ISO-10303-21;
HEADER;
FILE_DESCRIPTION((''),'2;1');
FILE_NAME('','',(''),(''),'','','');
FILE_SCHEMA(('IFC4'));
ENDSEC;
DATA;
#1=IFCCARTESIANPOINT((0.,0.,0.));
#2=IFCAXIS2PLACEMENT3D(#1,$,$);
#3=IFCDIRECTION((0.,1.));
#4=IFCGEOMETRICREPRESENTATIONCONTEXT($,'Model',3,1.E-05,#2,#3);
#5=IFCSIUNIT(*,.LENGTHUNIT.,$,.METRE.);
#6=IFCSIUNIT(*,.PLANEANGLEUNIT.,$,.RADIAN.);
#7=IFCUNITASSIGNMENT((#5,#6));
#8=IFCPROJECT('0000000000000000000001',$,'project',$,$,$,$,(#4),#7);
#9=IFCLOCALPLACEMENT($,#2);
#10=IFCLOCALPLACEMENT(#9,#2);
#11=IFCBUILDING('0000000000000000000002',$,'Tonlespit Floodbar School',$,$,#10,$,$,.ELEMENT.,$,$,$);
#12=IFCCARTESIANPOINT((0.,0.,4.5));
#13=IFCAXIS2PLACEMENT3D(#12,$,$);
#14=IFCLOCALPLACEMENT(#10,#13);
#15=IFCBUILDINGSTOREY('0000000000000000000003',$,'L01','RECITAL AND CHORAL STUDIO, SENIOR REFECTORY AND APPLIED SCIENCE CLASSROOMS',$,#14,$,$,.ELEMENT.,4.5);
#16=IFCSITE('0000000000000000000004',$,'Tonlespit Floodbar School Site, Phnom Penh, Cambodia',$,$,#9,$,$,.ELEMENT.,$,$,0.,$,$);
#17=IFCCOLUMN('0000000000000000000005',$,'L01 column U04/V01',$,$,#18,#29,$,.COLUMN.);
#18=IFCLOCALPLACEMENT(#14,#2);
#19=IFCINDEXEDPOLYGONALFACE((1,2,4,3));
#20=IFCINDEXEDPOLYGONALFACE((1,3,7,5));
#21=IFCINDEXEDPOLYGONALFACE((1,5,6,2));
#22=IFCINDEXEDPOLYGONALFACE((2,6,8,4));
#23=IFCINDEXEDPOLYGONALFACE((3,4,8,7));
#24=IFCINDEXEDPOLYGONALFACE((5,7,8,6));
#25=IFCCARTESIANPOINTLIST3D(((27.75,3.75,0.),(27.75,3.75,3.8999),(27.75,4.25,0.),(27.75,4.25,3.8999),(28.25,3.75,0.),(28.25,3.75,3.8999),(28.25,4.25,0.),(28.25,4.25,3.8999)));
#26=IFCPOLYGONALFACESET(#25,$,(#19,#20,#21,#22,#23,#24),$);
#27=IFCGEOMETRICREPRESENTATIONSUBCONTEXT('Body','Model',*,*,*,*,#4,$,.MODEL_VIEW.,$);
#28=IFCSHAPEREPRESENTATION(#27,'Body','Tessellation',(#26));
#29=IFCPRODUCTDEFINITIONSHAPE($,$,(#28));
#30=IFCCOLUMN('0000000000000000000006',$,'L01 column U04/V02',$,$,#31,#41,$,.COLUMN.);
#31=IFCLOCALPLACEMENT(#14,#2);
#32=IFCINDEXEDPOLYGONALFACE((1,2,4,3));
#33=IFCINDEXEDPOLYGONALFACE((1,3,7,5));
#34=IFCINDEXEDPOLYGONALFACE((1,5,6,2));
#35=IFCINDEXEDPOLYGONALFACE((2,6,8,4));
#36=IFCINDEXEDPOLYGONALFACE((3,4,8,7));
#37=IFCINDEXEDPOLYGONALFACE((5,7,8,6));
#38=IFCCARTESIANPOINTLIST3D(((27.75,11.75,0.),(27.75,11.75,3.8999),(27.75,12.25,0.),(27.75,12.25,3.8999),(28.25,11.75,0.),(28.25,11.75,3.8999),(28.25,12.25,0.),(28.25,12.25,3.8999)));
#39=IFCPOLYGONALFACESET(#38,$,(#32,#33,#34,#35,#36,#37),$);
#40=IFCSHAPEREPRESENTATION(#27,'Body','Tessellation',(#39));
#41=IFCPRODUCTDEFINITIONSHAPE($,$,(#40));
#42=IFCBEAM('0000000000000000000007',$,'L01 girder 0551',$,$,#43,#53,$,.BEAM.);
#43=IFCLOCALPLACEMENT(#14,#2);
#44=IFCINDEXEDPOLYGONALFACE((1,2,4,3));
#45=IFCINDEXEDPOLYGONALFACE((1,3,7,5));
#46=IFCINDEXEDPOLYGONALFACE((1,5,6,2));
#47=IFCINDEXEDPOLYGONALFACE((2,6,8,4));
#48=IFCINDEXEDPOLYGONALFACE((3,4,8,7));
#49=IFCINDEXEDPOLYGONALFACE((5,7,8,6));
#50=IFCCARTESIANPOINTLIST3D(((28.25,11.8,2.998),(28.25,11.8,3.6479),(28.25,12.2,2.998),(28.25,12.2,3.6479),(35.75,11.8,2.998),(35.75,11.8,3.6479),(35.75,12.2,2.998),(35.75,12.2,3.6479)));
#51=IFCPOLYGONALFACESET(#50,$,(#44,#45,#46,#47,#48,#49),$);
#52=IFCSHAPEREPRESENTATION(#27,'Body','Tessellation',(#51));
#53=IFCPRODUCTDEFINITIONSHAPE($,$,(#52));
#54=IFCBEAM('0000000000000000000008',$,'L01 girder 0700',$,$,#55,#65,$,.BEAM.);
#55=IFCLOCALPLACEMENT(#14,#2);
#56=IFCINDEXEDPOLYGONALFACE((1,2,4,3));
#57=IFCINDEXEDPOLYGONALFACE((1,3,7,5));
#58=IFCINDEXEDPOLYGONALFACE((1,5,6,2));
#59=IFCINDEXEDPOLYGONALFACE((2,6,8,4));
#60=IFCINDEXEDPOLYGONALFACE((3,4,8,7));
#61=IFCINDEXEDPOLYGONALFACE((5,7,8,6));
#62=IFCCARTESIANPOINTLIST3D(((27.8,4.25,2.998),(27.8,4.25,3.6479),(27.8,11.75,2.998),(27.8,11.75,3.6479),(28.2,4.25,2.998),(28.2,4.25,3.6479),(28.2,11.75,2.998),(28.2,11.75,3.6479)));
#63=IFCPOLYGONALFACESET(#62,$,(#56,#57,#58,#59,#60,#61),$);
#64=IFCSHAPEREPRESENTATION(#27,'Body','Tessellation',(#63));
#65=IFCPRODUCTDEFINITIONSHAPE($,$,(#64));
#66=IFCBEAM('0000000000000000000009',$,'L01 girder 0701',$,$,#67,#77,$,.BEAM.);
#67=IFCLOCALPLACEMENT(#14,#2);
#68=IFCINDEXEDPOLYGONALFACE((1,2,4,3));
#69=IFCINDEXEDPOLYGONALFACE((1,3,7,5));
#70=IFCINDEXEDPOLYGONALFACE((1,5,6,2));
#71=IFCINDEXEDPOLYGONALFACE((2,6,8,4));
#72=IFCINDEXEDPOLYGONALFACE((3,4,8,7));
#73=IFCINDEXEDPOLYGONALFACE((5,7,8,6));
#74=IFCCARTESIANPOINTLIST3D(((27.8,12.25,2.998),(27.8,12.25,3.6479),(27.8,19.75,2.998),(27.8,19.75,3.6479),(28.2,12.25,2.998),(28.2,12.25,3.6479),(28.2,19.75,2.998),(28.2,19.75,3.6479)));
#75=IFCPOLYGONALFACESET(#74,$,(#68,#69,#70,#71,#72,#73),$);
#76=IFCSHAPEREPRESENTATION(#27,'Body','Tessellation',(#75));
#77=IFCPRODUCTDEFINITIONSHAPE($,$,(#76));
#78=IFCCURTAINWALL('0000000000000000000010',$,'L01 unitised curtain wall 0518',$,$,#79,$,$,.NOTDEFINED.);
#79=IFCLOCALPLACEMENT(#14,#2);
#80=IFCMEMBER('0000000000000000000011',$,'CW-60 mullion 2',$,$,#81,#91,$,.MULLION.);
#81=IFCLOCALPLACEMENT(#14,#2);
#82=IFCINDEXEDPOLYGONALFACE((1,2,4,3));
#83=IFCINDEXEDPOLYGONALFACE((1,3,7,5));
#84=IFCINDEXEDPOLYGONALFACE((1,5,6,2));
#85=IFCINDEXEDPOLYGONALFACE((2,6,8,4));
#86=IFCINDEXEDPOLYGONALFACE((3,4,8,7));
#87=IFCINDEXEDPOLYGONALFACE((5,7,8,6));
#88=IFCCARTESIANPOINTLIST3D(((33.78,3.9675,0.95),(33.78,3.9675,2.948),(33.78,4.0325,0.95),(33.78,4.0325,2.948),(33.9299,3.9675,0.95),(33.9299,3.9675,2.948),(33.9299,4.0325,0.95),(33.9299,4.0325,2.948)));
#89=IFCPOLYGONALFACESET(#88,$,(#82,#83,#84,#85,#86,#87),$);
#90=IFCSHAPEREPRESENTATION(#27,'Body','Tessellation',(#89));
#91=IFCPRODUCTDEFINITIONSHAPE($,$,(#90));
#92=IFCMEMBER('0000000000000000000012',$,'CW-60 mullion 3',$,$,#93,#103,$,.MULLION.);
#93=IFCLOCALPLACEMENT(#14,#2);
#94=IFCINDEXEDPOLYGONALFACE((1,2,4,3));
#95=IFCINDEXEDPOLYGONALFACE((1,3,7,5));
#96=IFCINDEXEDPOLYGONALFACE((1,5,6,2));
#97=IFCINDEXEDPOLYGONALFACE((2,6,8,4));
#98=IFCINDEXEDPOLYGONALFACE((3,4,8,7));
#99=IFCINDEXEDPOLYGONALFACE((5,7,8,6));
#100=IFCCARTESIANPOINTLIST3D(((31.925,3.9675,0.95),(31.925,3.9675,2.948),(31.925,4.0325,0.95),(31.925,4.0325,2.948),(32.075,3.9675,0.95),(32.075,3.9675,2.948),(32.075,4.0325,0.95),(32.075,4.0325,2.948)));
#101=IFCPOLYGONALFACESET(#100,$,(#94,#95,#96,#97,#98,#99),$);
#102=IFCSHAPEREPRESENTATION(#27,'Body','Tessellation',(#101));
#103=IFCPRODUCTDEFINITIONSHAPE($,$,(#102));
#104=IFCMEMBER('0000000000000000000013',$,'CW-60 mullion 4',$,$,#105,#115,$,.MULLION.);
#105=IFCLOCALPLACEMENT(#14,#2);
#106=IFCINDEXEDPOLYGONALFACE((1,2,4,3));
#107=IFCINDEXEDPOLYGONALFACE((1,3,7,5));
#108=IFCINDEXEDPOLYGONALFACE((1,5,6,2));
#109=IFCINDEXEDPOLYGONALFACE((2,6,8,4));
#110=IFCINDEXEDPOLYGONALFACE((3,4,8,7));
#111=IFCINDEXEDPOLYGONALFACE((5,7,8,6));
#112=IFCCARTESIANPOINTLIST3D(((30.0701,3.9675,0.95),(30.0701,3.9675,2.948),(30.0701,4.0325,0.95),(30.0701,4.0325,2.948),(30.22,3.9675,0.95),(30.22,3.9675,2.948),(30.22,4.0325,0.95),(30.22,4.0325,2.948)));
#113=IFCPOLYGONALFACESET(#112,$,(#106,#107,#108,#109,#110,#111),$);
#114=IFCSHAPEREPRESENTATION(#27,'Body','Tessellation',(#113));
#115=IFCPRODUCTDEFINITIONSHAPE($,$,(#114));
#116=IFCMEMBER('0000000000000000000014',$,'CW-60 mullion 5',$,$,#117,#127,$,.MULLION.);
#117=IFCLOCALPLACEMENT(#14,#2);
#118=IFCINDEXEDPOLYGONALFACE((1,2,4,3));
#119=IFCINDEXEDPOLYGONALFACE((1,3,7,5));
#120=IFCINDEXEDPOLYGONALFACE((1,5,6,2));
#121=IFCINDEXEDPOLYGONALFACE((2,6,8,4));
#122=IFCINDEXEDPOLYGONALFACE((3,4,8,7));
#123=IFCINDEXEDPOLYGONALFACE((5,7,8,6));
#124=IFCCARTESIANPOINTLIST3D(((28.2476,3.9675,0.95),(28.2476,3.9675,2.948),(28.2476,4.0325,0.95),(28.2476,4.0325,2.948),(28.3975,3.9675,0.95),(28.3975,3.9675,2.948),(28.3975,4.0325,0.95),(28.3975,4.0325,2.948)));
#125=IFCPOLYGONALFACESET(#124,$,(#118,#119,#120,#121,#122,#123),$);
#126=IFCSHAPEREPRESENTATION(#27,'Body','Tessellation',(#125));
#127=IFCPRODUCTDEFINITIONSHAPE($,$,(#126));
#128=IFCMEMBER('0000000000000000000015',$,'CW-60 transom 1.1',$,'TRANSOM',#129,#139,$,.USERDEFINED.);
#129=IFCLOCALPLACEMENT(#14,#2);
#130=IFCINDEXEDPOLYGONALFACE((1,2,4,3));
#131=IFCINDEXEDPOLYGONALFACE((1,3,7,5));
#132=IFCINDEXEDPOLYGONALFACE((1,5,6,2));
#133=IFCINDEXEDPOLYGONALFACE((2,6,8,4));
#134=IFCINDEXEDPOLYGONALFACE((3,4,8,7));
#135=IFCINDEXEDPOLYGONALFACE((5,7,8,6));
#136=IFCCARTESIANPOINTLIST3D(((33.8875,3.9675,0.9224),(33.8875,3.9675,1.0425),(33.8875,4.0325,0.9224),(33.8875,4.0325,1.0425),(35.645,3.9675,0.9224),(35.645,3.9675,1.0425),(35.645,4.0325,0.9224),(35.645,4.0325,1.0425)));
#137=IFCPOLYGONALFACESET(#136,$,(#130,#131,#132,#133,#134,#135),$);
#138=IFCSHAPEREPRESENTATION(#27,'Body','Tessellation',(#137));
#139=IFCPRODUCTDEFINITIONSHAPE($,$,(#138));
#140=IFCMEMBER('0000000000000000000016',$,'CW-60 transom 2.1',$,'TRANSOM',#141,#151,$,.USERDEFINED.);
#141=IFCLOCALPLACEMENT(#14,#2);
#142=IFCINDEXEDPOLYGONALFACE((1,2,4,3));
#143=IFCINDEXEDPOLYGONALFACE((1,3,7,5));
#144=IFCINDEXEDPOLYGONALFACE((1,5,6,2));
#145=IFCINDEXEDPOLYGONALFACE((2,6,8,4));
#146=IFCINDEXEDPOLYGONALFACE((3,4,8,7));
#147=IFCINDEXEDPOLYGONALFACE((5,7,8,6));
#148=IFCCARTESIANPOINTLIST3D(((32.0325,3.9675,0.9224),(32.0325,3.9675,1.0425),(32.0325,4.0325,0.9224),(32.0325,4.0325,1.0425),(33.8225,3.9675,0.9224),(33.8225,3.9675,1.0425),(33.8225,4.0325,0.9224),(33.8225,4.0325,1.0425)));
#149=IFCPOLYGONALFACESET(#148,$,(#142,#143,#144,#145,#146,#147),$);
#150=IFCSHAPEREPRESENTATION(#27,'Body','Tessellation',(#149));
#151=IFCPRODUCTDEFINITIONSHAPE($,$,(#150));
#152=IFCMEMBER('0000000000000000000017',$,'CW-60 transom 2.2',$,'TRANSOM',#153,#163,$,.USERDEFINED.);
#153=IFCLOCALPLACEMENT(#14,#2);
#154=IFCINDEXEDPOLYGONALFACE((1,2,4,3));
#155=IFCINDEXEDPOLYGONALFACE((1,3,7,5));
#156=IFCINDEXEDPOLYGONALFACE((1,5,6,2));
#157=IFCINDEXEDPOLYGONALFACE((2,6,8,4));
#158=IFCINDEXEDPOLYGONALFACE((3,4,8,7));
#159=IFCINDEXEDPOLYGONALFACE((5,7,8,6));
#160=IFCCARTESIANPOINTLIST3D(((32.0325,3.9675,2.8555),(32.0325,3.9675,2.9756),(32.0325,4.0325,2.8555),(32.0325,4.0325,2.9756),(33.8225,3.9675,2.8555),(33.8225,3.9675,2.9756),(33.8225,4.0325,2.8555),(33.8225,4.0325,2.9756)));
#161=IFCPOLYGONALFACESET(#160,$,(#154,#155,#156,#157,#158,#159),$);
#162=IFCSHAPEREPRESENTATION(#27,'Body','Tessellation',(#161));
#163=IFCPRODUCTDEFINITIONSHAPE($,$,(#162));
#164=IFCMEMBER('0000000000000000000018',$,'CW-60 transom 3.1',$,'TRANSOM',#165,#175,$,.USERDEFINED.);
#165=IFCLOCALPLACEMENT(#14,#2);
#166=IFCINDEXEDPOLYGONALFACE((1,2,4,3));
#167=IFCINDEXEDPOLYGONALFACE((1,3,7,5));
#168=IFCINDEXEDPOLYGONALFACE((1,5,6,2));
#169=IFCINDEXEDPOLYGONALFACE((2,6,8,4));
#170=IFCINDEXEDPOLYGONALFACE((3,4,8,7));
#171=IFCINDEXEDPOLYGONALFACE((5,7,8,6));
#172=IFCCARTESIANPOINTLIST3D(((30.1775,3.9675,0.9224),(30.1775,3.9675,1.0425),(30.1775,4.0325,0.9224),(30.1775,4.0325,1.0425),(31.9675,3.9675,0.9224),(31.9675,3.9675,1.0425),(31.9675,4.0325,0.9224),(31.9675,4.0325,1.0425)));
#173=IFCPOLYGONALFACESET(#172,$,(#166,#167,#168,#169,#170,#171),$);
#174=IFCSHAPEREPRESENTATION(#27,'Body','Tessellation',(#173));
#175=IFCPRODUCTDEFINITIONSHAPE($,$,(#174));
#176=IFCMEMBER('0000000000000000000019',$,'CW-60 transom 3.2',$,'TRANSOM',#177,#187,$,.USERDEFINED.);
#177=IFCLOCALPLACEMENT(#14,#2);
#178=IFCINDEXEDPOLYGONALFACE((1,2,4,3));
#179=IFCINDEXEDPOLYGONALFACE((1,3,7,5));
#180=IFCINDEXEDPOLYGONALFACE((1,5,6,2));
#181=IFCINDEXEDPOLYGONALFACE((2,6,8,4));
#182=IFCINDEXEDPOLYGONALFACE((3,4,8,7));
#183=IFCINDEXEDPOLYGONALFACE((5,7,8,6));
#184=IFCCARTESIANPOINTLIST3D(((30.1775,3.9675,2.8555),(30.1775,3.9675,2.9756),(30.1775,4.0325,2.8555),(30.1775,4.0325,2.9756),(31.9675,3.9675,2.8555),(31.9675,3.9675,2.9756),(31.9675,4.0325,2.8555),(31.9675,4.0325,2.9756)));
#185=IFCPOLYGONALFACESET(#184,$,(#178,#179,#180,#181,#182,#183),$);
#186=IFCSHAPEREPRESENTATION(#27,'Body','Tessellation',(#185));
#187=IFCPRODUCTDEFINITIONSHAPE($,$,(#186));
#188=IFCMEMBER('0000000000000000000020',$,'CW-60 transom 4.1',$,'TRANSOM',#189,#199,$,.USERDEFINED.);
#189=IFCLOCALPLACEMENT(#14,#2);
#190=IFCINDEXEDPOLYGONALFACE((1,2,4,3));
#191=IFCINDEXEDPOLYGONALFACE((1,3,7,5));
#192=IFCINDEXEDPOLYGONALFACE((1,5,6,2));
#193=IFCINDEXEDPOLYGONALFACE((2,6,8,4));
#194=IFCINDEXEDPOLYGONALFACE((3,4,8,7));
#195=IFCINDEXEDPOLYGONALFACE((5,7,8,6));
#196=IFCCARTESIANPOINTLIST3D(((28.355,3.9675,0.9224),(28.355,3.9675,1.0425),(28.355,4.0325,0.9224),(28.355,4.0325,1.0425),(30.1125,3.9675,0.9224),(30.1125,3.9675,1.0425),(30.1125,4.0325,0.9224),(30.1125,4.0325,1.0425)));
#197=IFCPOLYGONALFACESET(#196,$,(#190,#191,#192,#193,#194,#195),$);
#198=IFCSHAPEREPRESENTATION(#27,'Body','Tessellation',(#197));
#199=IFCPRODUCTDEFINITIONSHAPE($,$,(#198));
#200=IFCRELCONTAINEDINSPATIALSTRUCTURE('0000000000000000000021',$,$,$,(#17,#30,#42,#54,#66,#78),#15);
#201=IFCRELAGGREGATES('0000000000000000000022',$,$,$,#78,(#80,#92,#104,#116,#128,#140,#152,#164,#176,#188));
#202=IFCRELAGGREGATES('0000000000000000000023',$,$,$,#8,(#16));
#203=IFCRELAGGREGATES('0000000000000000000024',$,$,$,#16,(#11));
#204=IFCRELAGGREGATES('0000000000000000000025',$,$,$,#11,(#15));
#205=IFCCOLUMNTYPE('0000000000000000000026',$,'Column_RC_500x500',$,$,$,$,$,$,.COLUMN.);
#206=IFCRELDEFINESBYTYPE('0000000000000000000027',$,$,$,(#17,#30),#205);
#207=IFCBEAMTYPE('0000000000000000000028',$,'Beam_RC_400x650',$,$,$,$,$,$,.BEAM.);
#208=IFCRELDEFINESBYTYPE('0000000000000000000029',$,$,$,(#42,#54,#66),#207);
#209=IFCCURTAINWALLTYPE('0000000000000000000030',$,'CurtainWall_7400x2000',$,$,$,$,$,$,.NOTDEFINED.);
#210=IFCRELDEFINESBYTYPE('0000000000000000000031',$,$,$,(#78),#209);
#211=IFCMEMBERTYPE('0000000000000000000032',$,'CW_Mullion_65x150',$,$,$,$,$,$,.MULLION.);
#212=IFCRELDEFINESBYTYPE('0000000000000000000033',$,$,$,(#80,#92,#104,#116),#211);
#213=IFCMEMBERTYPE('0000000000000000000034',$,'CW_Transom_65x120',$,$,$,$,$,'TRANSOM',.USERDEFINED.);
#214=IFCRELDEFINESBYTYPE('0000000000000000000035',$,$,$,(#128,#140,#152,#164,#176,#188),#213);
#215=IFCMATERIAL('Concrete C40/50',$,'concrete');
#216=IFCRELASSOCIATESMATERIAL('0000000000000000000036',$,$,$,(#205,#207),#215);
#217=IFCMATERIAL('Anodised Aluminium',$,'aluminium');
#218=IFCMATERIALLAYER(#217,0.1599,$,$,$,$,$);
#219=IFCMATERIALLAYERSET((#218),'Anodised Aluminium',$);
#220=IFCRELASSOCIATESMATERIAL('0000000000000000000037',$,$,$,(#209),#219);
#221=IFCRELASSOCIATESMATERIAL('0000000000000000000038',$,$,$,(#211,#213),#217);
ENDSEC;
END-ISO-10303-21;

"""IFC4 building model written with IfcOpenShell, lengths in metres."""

from ifc_helpers import new_model, si_unit, direction, frame, origin, origin_2d, place, context, subcontext, project, spatial, rectangle, extrude, material, layer, layer_set, material_profile, profile_set, type_object, element, aggregate, save


model = new_model("IFC4")

# Units and contexts
model_context = context("Model", 3, precision=1e-05, world=origin(), true_north=direction((0.0, 1.0)))
body_context = subcontext(model_context, "Body", "Model", "MODEL_VIEW")
ifc_project = project(units=[si_unit("LENGTHUNIT", "METRE"), si_unit("PLANEANGLEUNIT", "RADIAN")], contexts=[model_context])

# Site, building, storey
site_placement = place(None, origin())
site = spatial("IfcSite", under=ifc_project, at=site_placement, Name="Tonlespit Floodbar School Site, Phnom Penh, Cambodia", CompositionType="ELEMENT", RefElevation=0.0)
building_placement = place(site_placement, origin())
building = spatial("IfcBuilding", under=site, at=building_placement, Name="Tonlespit Floodbar School", CompositionType="ELEMENT")
storey_placement = place(building_placement, frame((0.0, 0.0, 4.5)))
storey = spatial("IfcBuildingStorey", under=building, at=storey_placement, Name="L01", Description="RECITAL AND CHORAL STUDIO, SENIOR REFECTORY AND APPLIED SCIENCE CLASSROOMS", CompositionType="ELEMENT", Elevation=4.5)

# Columns
ifc_material_1 = material(Name="Concrete C40/50", Category="concrete")
ifc_material_profile_1 = material_profile(ifc_material_1, rectangle(XDim=0.5, YDim=0.5, at=origin_2d()), Name="RC 500x500")
ifc_profile_set_1 = profile_set([ifc_material_profile_1], Name="Concrete C40/50")
column_type = type_object("IfcColumnType", Name="Column_RC_500x500", PredefinedType="COLUMN", material=ifc_profile_set_1)
for number, where, z_axis, x_axis, name in (
    (1, (28.0, 4.0, 0.0), (0.0, 0.0, 1.0), (1.0, 0.0, 0.0), "L01 column U04/V01"),
    (2, (28.0, 12.0, 0.0), (0.0, 0.0, 1.0), (1.0, 0.0, 0.0), "L01 column U04/V02"),
):
    element("IfcColumn", number, at=place(storey_placement, frame(where, z_axis=z_axis, x_axis=x_axis)), inside=storey, type_object=column_type, Name=name, PredefinedType="COLUMN", context=body_context, shape_type="SweptSolid", body=[
        extrude(rectangle(XDim=0.5, YDim=0.5, at=origin_2d()), origin(), (0.0, 0.0, 1.0), 3.8999),
    ])

# Beams
ifc_material_profile_2 = material_profile(ifc_material_1, rectangle(XDim=0.3999, YDim=0.6499, at=origin_2d()), Name="RC 400x650")
ifc_profile_set_2 = profile_set([ifc_material_profile_2], Name="Concrete C40/50")
beam_type_1 = type_object("IfcBeamType", Name="Beam_RC_400x650", PredefinedType="BEAM", material=ifc_profile_set_2)
for number, where, z_axis, x_axis, name in (
    (3, (28.25, 12.0, 3.323), (1.0, 0.0, 0.0), (0.0, 1.0, 0.0), "L01 girder 0551"),
    (4, (28.0, 4.25, 3.323), (0.0, 1.0, 0.0), (-1.0, 0.0, 0.0), "L01 girder 0700"),
    (5, (28.0, 12.25, 3.323), (0.0, 1.0, 0.0), (-1.0, 0.0, 0.0), "L01 girder 0701"),
):
    element("IfcBeam", number, at=place(storey_placement, frame(where, z_axis=z_axis, x_axis=x_axis)), inside=storey, type_object=beam_type_1, Name=name, PredefinedType="BEAM", context=body_context, shape_type="SweptSolid", body=[
        extrude(rectangle(XDim=0.3999, YDim=0.6499, at=origin_2d()), origin(), (0.0, 0.0, 1.0), 7.5),
    ])

# Curtain wall, members
ifc_material_2 = material(Name="Anodised Aluminium", Category="aluminium")
ifc_layer_1 = layer(ifc_material_2, 0.1599)
ifc_layer_set_1 = layer_set([ifc_layer_1], Name="Anodised Aluminium")
curtain_wall_type = type_object("IfcCurtainWallType", Name="CurtainWall_7400x2000", PredefinedType="NOTDEFINED", material=ifc_layer_set_1)
curtain_wall_placement = place(storey_placement, origin())
curtain_wall = element("IfcCurtainWall", 6, at=curtain_wall_placement, inside=storey, type_object=curtain_wall_type, Name="L01 unitised curtain wall 0518", PredefinedType="NOTDEFINED")
ifc_material_profile_3 = material_profile(ifc_material_2, rectangle(XDim=0.0649, YDim=0.1499, at=origin_2d()), Name="ALU M65x150")
ifc_profile_set_3 = profile_set([ifc_material_profile_3], Name="Anodised Aluminium")
member_type_1 = type_object("IfcMemberType", Name="CW_Mullion_65x150", PredefinedType="MULLION", material=ifc_profile_set_3)
member_1_placement = place(storey_placement, frame((33.855, 4.0, 0.95), z_axis=(0.0, 0.0, 1.0), x_axis=(0.0, -1.0, 0.0)))
member_1 = element("IfcMember", 7, at=member_1_placement, type_object=member_type_1, Name="CW-60 mullion 2", PredefinedType="MULLION", context=body_context, shape_type="SweptSolid", body=[
    extrude(rectangle(XDim=0.0649, YDim=0.1499, at=origin_2d()), origin(), (0.0, 0.0, 1.0), 1.998),
])
member_2_placement = place(storey_placement, frame((32.0, 4.0, 0.95), z_axis=(0.0, 0.0, 1.0), x_axis=(0.0, -1.0, 0.0)))
member_2 = element("IfcMember", 8, at=member_2_placement, type_object=member_type_1, Name="CW-60 mullion 3", PredefinedType="MULLION", context=body_context, shape_type="SweptSolid", body=[
    extrude(rectangle(XDim=0.0649, YDim=0.1499, at=origin_2d()), origin(), (0.0, 0.0, 1.0), 1.998),
])
member_3_placement = place(storey_placement, frame((30.145, 4.0, 0.95), z_axis=(0.0, 0.0, 1.0), x_axis=(0.0, -1.0, 0.0)))
member_3 = element("IfcMember", 9, at=member_3_placement, type_object=member_type_1, Name="CW-60 mullion 4", PredefinedType="MULLION", context=body_context, shape_type="SweptSolid", body=[
    extrude(rectangle(XDim=0.0649, YDim=0.1499, at=origin_2d()), origin(), (0.0, 0.0, 1.0), 1.998),
])
member_4_placement = place(storey_placement, frame((28.3225, 4.0, 0.95), z_axis=(0.0, 0.0, 1.0), x_axis=(0.0, -1.0, 0.0)))
member_4 = element("IfcMember", 10, at=member_4_placement, type_object=member_type_1, Name="CW-60 mullion 5", PredefinedType="MULLION", context=body_context, shape_type="SweptSolid", body=[
    extrude(rectangle(XDim=0.0649, YDim=0.1499, at=origin_2d()), origin(), (0.0, 0.0, 1.0), 1.998),
])
ifc_material_profile_4 = material_profile(ifc_material_2, rectangle(XDim=0.0649, YDim=0.1201, at=origin_2d()), Name="ALU T65x120")
ifc_profile_set_4 = profile_set([ifc_material_profile_4], Name="Anodised Aluminium")
member_type_2 = type_object("IfcMemberType", Name="CW_Transom_65x120", ElementType="TRANSOM", PredefinedType="USERDEFINED", material=ifc_profile_set_4)
member_5_placement = place(storey_placement, frame((35.645, 4.0, 0.9824), z_axis=(-1.0, 0.0, 0.0), x_axis=(0.0, -1.0, 0.0)))
member_5 = element("IfcMember", 11, at=member_5_placement, type_object=member_type_2, Name="CW-60 transom 1.1", ObjectType="TRANSOM", PredefinedType="USERDEFINED", context=body_context, shape_type="SweptSolid", body=[
    extrude(rectangle(XDim=0.0649, YDim=0.1201, at=origin_2d()), origin(), (0.0, 0.0, 1.0), 1.7576),
])
member_6_placement = place(storey_placement, frame((33.8225, 4.0, 0.9824), z_axis=(-1.0, 0.0, 0.0), x_axis=(0.0, -1.0, 0.0)))
member_6 = element("IfcMember", 12, at=member_6_placement, type_object=member_type_2, Name="CW-60 transom 2.1", ObjectType="TRANSOM", PredefinedType="USERDEFINED", context=body_context, shape_type="SweptSolid", body=[
    extrude(rectangle(XDim=0.0649, YDim=0.1201, at=origin_2d()), origin(), (0.0, 0.0, 1.0), 1.79),
])
member_7_placement = place(storey_placement, frame((33.8225, 4.0, 2.9155), z_axis=(-1.0, 0.0, 0.0), x_axis=(0.0, -1.0, 0.0)))
member_7 = element("IfcMember", 13, at=member_7_placement, type_object=member_type_2, Name="CW-60 transom 2.2", ObjectType="TRANSOM", PredefinedType="USERDEFINED", context=body_context, shape_type="SweptSolid", body=[
    extrude(rectangle(XDim=0.0649, YDim=0.1201, at=origin_2d()), origin(), (0.0, 0.0, 1.0), 1.79),
])
member_8_placement = place(storey_placement, frame((31.9675, 4.0, 0.9824), z_axis=(-1.0, 0.0, 0.0), x_axis=(0.0, -1.0, 0.0)))
member_8 = element("IfcMember", 14, at=member_8_placement, type_object=member_type_2, Name="CW-60 transom 3.1", ObjectType="TRANSOM", PredefinedType="USERDEFINED", context=body_context, shape_type="SweptSolid", body=[
    extrude(rectangle(XDim=0.0649, YDim=0.1201, at=origin_2d()), origin(), (0.0, 0.0, 1.0), 1.79),
])
member_9_placement = place(storey_placement, frame((31.9675, 4.0, 2.9155), z_axis=(-1.0, 0.0, 0.0), x_axis=(0.0, -1.0, 0.0)))
member_9 = element("IfcMember", 15, at=member_9_placement, type_object=member_type_2, Name="CW-60 transom 3.2", ObjectType="TRANSOM", PredefinedType="USERDEFINED", context=body_context, shape_type="SweptSolid", body=[
    extrude(rectangle(XDim=0.0649, YDim=0.1201, at=origin_2d()), origin(), (0.0, 0.0, 1.0), 1.79),
])
member_10_placement = place(storey_placement, frame((30.1125, 4.0, 0.9824), z_axis=(-1.0, 0.0, 0.0), x_axis=(0.0, -1.0, 0.0)))
member_10 = element("IfcMember", 16, at=member_10_placement, type_object=member_type_2, Name="CW-60 transom 4.1", ObjectType="TRANSOM", PredefinedType="USERDEFINED", context=body_context, shape_type="SweptSolid", body=[
    extrude(rectangle(XDim=0.0649, YDim=0.1201, at=origin_2d()), origin(), (0.0, 0.0, 1.0), 1.7576),
])

aggregate(curtain_wall, [member_1, member_2, member_3, member_4, member_5, member_6, member_7, member_8, member_9, member_10])

save(model, "model.ifc")
